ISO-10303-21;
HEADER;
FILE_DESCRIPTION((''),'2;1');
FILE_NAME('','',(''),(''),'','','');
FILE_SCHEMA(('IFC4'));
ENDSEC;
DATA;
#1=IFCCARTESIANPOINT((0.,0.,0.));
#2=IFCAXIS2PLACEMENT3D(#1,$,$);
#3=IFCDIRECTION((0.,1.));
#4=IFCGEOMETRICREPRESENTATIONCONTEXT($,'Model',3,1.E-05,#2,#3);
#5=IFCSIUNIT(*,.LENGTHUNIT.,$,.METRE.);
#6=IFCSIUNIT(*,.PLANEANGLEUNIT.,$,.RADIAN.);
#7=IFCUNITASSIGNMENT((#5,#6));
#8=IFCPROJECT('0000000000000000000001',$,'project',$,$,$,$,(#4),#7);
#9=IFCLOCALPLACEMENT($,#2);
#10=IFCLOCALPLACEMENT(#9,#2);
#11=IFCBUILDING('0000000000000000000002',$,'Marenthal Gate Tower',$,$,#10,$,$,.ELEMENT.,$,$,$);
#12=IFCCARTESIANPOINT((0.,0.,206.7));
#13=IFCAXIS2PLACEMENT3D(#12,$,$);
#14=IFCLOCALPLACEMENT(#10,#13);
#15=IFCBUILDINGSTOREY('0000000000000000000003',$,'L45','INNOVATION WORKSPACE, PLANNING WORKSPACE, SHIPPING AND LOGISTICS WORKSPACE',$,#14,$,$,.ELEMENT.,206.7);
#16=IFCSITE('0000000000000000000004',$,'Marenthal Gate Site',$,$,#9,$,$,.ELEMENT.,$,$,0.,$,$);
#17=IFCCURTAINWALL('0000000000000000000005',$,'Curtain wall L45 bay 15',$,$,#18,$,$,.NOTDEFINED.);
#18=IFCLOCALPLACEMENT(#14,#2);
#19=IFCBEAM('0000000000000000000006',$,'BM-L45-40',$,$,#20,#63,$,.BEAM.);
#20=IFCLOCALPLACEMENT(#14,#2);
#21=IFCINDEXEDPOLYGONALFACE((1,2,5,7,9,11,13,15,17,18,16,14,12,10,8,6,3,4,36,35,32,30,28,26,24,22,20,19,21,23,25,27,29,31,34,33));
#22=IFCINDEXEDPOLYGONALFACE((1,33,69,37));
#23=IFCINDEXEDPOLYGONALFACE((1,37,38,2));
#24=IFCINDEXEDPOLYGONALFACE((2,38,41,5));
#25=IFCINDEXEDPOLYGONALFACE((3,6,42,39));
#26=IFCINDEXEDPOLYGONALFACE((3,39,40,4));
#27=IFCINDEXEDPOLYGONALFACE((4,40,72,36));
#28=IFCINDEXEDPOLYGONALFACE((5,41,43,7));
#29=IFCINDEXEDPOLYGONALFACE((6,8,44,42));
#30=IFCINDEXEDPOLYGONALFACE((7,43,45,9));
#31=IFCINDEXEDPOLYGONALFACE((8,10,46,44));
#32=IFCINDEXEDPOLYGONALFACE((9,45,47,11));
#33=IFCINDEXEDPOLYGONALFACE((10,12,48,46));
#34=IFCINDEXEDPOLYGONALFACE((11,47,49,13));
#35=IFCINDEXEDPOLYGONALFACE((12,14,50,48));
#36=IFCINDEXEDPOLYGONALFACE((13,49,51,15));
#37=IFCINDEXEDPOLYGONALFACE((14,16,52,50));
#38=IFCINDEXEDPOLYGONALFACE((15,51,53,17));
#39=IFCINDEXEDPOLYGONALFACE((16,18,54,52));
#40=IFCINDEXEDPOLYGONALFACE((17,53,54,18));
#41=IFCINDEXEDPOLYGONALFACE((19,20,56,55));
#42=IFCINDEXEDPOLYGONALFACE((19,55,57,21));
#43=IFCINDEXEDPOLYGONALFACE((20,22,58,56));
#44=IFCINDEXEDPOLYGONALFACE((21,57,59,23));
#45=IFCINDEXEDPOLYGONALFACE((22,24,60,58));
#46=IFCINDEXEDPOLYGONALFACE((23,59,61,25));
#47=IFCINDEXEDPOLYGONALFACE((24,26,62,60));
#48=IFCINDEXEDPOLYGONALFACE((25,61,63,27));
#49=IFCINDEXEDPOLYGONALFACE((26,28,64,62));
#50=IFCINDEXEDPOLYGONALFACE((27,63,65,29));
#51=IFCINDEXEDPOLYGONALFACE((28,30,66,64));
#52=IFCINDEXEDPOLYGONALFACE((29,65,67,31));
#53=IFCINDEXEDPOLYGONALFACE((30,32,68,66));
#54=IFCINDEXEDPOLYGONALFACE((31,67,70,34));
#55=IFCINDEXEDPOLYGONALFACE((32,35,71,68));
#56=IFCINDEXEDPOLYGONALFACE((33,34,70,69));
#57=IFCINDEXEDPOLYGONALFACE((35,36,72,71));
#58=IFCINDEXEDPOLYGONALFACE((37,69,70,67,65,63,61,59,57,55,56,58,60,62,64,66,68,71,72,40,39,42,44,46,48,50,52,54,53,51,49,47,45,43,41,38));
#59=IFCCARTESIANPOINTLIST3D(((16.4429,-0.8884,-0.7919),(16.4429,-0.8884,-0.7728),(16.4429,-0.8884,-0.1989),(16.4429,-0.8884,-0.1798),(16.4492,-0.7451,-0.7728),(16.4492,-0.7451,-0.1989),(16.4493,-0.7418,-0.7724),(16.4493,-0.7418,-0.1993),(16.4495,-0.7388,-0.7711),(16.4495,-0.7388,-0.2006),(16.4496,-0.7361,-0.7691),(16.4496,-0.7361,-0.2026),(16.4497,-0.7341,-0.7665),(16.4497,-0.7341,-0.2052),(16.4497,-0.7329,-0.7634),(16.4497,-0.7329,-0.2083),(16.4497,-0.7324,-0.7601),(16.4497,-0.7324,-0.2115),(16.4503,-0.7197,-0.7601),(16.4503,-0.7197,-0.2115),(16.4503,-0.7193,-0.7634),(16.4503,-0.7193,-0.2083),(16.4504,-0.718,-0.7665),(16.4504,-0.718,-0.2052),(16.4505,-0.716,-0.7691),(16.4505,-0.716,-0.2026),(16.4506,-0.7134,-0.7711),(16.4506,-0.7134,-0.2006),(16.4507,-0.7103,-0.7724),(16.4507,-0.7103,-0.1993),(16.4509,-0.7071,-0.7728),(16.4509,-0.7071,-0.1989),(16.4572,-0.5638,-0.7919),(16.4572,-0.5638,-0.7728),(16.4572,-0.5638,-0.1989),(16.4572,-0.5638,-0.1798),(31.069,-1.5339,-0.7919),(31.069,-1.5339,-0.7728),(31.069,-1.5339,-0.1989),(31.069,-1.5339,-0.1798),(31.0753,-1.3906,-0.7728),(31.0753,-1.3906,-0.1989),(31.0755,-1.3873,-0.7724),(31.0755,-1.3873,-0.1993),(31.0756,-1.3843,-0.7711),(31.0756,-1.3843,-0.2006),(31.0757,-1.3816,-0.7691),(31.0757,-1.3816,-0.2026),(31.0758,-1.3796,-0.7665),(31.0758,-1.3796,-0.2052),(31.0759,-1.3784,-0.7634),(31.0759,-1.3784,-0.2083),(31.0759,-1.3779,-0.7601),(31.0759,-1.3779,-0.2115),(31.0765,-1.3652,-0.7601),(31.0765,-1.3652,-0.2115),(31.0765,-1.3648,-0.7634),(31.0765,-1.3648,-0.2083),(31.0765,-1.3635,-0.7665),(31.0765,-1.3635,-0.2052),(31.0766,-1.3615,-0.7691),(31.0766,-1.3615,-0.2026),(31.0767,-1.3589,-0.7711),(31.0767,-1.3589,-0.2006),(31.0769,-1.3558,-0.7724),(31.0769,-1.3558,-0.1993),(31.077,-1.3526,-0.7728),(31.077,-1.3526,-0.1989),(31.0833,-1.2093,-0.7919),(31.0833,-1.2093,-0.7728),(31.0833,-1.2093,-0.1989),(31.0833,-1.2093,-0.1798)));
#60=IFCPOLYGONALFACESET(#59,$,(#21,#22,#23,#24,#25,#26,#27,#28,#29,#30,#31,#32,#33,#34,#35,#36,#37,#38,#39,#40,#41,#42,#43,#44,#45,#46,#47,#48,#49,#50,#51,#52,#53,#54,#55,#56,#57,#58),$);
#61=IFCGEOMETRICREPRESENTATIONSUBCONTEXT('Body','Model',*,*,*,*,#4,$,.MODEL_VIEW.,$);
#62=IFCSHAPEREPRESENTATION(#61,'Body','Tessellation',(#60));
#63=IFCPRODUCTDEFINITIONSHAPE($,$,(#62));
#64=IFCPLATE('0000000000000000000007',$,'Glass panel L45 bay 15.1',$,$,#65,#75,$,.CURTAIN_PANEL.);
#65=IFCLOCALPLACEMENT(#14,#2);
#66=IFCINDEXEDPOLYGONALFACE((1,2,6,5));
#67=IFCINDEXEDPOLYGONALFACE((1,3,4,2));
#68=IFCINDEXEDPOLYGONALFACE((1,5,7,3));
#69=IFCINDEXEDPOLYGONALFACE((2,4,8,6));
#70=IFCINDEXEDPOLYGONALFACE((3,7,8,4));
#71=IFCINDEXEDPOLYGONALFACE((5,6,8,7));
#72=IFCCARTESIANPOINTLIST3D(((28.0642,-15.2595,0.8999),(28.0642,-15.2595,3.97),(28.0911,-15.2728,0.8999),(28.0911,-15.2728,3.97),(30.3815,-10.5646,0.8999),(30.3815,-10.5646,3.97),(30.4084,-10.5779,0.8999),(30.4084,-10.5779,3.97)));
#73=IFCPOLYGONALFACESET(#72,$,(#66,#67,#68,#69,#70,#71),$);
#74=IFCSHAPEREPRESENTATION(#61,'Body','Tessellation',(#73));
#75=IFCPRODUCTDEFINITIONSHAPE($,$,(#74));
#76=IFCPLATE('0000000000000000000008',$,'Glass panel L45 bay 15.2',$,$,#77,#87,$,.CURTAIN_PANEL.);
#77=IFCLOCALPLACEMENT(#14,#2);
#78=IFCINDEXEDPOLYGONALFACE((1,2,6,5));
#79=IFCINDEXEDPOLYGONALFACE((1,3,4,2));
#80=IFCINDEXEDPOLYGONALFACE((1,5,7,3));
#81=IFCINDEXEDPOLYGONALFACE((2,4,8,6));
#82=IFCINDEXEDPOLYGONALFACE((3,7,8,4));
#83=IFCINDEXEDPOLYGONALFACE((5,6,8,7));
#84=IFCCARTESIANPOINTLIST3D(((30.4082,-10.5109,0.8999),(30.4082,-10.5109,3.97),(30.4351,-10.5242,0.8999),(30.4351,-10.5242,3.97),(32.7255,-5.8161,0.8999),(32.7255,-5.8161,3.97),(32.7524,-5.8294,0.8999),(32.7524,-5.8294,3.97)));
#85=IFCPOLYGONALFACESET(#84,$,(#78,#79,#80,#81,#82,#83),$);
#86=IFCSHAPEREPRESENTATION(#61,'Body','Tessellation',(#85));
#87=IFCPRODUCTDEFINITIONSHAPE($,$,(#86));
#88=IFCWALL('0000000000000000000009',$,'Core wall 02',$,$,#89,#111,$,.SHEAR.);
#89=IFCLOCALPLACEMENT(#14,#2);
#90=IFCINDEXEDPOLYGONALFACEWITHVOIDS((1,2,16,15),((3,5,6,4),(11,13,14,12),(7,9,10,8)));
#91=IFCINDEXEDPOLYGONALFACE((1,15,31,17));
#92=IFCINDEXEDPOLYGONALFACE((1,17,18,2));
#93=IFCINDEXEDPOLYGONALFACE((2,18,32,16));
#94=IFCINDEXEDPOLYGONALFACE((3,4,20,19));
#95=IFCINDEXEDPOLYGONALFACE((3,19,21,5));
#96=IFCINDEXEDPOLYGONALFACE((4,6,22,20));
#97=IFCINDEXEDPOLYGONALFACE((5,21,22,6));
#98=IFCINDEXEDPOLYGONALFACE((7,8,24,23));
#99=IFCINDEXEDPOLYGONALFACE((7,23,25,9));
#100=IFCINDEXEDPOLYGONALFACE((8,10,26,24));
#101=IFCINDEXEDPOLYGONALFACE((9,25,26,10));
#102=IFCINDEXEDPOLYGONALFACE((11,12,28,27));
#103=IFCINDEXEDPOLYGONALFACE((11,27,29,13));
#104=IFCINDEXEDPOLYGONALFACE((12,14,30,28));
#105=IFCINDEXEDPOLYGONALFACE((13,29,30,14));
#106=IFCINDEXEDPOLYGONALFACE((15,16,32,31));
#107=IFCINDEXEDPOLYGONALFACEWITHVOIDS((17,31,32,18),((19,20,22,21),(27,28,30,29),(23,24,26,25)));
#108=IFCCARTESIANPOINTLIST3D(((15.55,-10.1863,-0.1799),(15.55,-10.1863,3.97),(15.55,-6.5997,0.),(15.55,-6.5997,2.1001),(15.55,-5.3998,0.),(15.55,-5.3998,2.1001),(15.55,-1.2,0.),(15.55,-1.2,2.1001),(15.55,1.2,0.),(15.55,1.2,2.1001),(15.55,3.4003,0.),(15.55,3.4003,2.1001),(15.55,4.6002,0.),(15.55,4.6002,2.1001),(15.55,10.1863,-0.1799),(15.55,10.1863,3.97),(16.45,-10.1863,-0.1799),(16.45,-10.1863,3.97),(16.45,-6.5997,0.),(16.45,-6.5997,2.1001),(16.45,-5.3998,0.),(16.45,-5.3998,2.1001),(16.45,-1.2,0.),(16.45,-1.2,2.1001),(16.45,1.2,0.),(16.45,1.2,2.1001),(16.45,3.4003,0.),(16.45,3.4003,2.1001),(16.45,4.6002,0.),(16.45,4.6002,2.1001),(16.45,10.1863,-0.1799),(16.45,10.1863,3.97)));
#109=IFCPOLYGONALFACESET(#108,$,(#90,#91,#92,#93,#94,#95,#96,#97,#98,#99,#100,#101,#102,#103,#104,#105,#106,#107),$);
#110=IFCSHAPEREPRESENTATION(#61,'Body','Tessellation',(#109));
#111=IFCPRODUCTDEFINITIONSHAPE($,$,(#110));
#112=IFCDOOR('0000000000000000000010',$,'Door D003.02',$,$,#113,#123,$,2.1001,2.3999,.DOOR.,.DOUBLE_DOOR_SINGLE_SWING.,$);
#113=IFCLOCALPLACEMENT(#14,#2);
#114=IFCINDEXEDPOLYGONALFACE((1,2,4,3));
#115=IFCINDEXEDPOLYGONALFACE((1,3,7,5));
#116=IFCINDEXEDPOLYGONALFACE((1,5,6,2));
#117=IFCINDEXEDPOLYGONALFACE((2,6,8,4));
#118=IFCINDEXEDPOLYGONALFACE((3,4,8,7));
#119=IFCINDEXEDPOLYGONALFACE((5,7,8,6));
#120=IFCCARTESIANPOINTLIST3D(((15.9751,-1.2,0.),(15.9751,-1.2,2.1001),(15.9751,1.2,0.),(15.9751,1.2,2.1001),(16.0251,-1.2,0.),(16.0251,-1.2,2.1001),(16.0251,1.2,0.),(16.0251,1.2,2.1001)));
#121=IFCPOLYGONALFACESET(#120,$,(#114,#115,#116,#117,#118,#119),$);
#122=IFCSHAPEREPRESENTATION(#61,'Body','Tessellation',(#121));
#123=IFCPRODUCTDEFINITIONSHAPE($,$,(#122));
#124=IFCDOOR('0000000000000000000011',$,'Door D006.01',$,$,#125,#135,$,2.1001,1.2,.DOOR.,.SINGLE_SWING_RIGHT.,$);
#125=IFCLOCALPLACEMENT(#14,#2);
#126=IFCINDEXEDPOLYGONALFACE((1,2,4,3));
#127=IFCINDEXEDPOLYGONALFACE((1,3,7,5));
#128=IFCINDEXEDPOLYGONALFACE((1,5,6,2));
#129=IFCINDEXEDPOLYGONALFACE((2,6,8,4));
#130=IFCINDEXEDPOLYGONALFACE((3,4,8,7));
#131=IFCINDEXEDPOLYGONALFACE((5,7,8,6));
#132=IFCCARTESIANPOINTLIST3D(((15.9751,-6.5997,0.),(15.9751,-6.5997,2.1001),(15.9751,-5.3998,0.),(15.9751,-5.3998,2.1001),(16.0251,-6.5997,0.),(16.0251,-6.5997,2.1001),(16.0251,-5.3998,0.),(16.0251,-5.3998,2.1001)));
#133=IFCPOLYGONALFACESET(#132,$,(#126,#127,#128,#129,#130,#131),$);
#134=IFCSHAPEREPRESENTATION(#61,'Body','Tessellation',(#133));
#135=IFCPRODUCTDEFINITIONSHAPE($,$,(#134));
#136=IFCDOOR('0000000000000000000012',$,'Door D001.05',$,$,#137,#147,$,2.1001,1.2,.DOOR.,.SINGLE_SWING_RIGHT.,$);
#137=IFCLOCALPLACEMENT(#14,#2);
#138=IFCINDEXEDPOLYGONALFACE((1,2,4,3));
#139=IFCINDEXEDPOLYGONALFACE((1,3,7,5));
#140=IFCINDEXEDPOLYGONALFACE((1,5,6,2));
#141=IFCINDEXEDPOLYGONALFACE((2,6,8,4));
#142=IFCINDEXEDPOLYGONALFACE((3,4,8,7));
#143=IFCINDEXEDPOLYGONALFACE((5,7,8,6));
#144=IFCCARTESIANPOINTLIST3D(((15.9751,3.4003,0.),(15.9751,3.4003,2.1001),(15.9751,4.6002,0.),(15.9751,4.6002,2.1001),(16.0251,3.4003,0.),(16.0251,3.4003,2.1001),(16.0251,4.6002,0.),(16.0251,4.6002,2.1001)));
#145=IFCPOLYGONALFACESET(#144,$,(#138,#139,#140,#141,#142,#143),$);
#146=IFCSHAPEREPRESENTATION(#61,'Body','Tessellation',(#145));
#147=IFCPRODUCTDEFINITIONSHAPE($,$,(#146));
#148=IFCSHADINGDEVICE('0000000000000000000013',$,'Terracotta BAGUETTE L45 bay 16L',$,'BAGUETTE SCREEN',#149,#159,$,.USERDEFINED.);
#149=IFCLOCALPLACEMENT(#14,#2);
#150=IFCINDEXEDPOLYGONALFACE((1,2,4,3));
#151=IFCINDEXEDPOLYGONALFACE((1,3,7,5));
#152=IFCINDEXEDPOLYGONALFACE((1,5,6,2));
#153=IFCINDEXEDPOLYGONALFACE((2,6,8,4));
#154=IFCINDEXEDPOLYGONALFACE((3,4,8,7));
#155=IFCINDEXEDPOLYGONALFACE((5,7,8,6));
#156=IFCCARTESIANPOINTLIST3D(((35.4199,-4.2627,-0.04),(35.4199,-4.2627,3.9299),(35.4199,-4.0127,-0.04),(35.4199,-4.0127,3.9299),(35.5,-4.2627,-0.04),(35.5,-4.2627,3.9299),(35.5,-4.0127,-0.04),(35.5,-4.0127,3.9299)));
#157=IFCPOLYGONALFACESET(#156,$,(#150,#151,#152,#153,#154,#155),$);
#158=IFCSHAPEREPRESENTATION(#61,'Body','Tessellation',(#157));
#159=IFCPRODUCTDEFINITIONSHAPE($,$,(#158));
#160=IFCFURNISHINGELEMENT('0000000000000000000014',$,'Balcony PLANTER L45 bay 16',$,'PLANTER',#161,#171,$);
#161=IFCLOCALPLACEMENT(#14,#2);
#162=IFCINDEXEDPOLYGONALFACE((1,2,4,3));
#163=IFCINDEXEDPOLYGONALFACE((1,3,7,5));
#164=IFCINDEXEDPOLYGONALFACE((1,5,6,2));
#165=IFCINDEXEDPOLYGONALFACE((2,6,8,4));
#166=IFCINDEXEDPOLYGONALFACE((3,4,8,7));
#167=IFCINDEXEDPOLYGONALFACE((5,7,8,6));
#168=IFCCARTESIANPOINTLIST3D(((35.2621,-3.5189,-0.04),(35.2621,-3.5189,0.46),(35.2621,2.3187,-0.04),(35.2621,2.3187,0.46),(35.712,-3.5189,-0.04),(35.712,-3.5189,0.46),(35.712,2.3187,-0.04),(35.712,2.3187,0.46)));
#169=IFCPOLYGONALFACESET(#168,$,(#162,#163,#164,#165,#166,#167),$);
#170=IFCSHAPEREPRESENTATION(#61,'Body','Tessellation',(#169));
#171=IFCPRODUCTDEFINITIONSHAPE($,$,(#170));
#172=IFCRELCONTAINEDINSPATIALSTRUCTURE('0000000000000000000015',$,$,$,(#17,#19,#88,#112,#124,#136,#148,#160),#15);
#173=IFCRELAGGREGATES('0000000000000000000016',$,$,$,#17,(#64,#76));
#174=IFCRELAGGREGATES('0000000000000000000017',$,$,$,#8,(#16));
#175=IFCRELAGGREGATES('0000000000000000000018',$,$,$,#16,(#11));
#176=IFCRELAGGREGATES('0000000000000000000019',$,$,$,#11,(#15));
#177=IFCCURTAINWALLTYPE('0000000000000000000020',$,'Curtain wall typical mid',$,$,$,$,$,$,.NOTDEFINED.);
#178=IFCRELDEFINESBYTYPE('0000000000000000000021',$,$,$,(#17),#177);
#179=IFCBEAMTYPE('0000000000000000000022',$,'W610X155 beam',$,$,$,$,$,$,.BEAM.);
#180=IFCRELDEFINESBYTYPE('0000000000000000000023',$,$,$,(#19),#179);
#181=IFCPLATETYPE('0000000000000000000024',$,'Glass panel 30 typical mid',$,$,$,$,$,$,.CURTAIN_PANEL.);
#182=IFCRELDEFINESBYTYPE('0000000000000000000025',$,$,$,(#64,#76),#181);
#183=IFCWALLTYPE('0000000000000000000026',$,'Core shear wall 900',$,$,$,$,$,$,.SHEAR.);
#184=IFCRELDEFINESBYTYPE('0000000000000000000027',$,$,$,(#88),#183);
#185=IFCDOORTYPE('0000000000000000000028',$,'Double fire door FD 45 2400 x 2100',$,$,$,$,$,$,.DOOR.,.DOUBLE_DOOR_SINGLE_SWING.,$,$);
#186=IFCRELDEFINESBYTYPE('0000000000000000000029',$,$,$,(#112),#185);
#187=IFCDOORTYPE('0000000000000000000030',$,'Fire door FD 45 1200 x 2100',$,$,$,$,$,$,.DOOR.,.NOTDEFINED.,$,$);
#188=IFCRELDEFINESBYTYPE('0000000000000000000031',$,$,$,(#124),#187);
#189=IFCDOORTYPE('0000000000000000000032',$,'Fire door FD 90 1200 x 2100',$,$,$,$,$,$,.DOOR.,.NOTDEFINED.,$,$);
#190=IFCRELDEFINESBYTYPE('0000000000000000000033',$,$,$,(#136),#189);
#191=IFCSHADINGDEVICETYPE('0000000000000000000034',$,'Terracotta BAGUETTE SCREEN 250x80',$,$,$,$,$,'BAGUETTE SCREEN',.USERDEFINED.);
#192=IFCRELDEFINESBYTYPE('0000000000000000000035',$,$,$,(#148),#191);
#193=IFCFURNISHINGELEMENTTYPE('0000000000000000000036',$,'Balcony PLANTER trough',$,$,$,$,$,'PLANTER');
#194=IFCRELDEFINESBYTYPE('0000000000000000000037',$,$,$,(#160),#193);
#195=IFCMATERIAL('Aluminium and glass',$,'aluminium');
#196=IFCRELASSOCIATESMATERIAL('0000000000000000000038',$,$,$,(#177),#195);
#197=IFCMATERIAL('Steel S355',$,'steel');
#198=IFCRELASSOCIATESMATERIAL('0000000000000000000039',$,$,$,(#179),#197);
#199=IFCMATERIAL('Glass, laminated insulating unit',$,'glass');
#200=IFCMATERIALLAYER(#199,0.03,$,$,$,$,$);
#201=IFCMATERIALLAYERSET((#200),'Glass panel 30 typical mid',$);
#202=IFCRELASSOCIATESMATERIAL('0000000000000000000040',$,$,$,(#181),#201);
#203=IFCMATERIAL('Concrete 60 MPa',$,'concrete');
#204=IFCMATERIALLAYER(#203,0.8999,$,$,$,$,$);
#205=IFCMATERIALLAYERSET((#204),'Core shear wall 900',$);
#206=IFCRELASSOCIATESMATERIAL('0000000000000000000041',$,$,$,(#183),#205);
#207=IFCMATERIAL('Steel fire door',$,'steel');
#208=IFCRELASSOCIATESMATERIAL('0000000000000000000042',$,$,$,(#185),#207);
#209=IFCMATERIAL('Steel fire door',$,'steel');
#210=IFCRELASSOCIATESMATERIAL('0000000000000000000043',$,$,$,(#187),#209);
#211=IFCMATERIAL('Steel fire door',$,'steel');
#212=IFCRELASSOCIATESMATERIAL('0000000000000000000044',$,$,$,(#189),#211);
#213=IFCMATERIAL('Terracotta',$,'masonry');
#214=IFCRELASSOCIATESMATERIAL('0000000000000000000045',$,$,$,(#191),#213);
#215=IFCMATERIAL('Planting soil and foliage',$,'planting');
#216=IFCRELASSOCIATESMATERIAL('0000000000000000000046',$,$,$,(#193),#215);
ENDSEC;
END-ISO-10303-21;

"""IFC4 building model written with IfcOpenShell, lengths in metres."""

from ifc_helpers import new_model, si_unit, direction, frame, frame_2d, origin, origin_2d, place, context, subcontext, project, spatial, rectangle, i_section, extrude, material, layer, layer_set, material_profile, profile_set, type_object, element, fill, aggregate, save


model = new_model("IFC4")

# Units and contexts
model_context = context("Model", 3, precision=1e-05, world=origin(), true_north=direction((0.0, 1.0)))
body_context = subcontext(model_context, "Body", "Model", "MODEL_VIEW")
ifc_project = project(units=[si_unit("LENGTHUNIT", "METRE"), si_unit("PLANEANGLEUNIT", "RADIAN")], contexts=[model_context])

# Site, building, storey
site_placement = place(None, origin())
site = spatial("IfcSite", under=ifc_project, at=site_placement, Name="Marenthal Gate Site", CompositionType="ELEMENT", RefElevation=0.0)
building_placement = place(site_placement, origin())
building = spatial("IfcBuilding", under=site, at=building_placement, Name="Marenthal Gate Tower", CompositionType="ELEMENT")
storey_placement = place(building_placement, frame((0.0, 0.0, 206.7)))
storey = spatial("IfcBuildingStorey", under=building, at=storey_placement, Name="L45", Description="INNOVATION WORKSPACE, PLANNING WORKSPACE, SHIPPING AND LOGISTICS WORKSPACE", CompositionType="ELEMENT", Elevation=206.7)

# Curtain wall
ifc_material_1 = material(Name="Aluminium and glass", Category="aluminium")
curtain_wall_type = type_object("IfcCurtainWallType", Name="Curtain wall typical mid", PredefinedType="NOTDEFINED", material=ifc_material_1)
curtain_wall_placement = place(storey_placement, origin())
curtain_wall = element("IfcCurtainWall", 1, at=curtain_wall_placement, inside=storey, type_object=curtain_wall_type, Name="Curtain wall L45 bay 15", PredefinedType="NOTDEFINED")

# Beam
ifc_material_2 = material(Name="Steel S355", Category="steel")
ifc_material_profile_1 = material_profile(ifc_material_2, i_section(OverallWidth=0.325, OverallDepth=0.6121, WebThickness=0.0127, FlangeThickness=0.019, FilletRadius=0.0127, at=origin_2d()), Name="W610X155")
ifc_profile_set_1 = profile_set([ifc_material_profile_1], Name="Steel S355")
beam_type_1 = type_object("IfcBeamType", Name="W610X155 beam", PredefinedType="BEAM", material=ifc_profile_set_1)
beam_1_placement = place(storey_placement, frame((31.0762, -1.3716, -0.4858), z_axis=(-0.999028, 0.044091, 0.0), x_axis=(-0.044091, -0.999028, 0.0)))
element("IfcBeam", 2, at=beam_1_placement, inside=storey, type_object=beam_type_1, Name="BM-L45-40", PredefinedType="BEAM", context=body_context, shape_type="SweptSolid", body=[
    extrude(i_section(OverallWidth=0.325, OverallDepth=0.6121, WebThickness=0.0127, FlangeThickness=0.019, FilletRadius=0.0127, at=origin_2d()), origin(), (0.0, 0.0, 1.0), 14.6404),
])

# Plates
ifc_material_3 = material(Name="Glass, laminated insulating unit", Category="glass")
ifc_layer_1 = layer(ifc_material_3, 0.03)
ifc_layer_set_1 = layer_set([ifc_layer_1], Name="Glass panel 30 typical mid")
plate_type = type_object("IfcPlateType", Name="Glass panel 30 typical mid", PredefinedType="CURTAIN_PANEL", material=ifc_layer_set_1)
plate_1_placement = place(storey_placement, frame((29.2363, -12.9187, 0.8999), z_axis=(0.0, 0.0, 1.0), x_axis=(0.442607, 0.896716, 0.0)))
plate_1 = element("IfcPlate", 3, at=plate_1_placement, type_object=plate_type, Name="Glass panel L45 bay 15.1", PredefinedType="CURTAIN_PANEL", context=body_context, shape_type="SweptSolid", body=[
    extrude(rectangle(XDim=5.2356, YDim=0.03, at=origin_2d()), origin(), (0.0, 0.0, 1.0), 3.0701),
])
plate_2_placement = place(storey_placement, frame((31.5803, -8.1702, 0.8999), z_axis=(0.0, 0.0, 1.0), x_axis=(0.442607, 0.896716, 0.0)))
plate_2 = element("IfcPlate", 4, at=plate_2_placement, type_object=plate_type, Name="Glass panel L45 bay 15.2", PredefinedType="CURTAIN_PANEL", context=body_context, shape_type="SweptSolid", body=[
    extrude(rectangle(XDim=5.2356, YDim=0.03, at=origin_2d()), origin(), (0.0, 0.0, 1.0), 3.0701),
])
aggregate(curtain_wall, [plate_1, plate_2])

# Wall, openings, doors
ifc_material_4 = material(Name="Concrete 60 MPa", Category="concrete")
ifc_layer_2 = layer(ifc_material_4, 0.8999)
ifc_layer_set_2 = layer_set([ifc_layer_2], Name="Core shear wall 900")
wall_type_1 = type_object("IfcWallType", Name="Core shear wall 900", PredefinedType="SHEAR", material=ifc_layer_set_2)
wall_1_placement = place(storey_placement, frame((16.0, -10.1863, -0.1799), z_axis=(0.0, 0.0, 1.0), x_axis=(0.0, 1.0, 0.0)))
wall_1 = element("IfcWall", 5, at=wall_1_placement, inside=storey, type_object=wall_type_1, Name="Core wall 02", PredefinedType="SHEAR", context=body_context, shape_type="SweptSolid", body=[
    extrude(rectangle(XDim=20.3726, YDim=0.8999, at=frame_2d((10.1863, 0.0))), origin(), (0.0, 0.0, 1.0), 4.1499),
])
opening_1_placement = place(wall_1_placement, frame((8.9863, 0.0, 0.1799)))
opening_1 = element("IfcOpeningElement", 6, at=opening_1_placement, cuts=wall_1, PredefinedType="OPENING", context=body_context, shape_type="SweptSolid", body=[
    extrude(rectangle(XDim=2.3999, YDim=2.1001, at=frame_2d((1.2, 1.05))), frame((0.0, 0.46, 0.0), z_axis=(0.0, -1.0, 0.0), x_axis=(1.0, 0.0, 0.0)), (0.0, 0.0, 1.0), 0.9199),
])
opening_2_placement = place(wall_1_placement, frame((13.5864, 0.0, 0.1799)))
opening_2 = element("IfcOpeningElement", 7, at=opening_2_placement, cuts=wall_1, PredefinedType="OPENING", context=body_context, shape_type="SweptSolid", body=[
    extrude(rectangle(XDim=1.2, YDim=2.1001, at=frame_2d((0.6001, 1.05))), frame((0.0, 0.46, 0.0), z_axis=(0.0, -1.0, 0.0), x_axis=(1.0, 0.0, 0.0)), (0.0, 0.0, 1.0), 0.9199),
])
opening_3_placement = place(wall_1_placement, frame((3.5864, 0.0, 0.1799)))
opening_3 = element("IfcOpeningElement", 8, at=opening_3_placement, cuts=wall_1, PredefinedType="OPENING", context=body_context, shape_type="SweptSolid", body=[
    extrude(rectangle(XDim=1.2, YDim=2.1001, at=frame_2d((0.6001, 1.05))), frame((0.0, 0.46, 0.0), z_axis=(0.0, -1.0, 0.0), x_axis=(1.0, 0.0, 0.0)), (0.0, 0.0, 1.0), 0.9199),
])
ifc_material_5 = material(Name="Steel fire door", Category="steel")
door_type_1 = type_object("IfcDoorType", Name="Double fire door FD 45 2400 x 2100", OperationType="DOUBLE_DOOR_SINGLE_SWING", PredefinedType="DOOR", material=ifc_material_5)
door_1_placement = place(opening_1_placement, origin())
door_1 = element("IfcDoor", 9, at=door_1_placement, inside=storey, type_object=door_type_1, Name="Door D003.02", OperationType="DOUBLE_DOOR_SINGLE_SWING", OverallHeight=2.1001, OverallWidth=2.3999, PredefinedType="DOOR", context=body_context, shape_type="SweptSolid", body=[
    extrude(rectangle(XDim=2.3999, YDim=2.1001, at=frame_2d((1.2, 1.05))), frame((0.0, 0.0249, 0.0), z_axis=(0.0, -1.0, 0.0), x_axis=(1.0, 0.0, 0.0)), (0.0, 0.0, 1.0), 0.05),
])
fill(opening_1, door_1)
ifc_material_6 = material(Name="Steel fire door", Category="steel")
door_type_2 = type_object("IfcDoorType", Name="Fire door FD 45 1200 x 2100", OperationType="NOTDEFINED", PredefinedType="DOOR", material=ifc_material_6)
door_2_placement = place(opening_3_placement, origin())
door_2 = element("IfcDoor", 10, at=door_2_placement, inside=storey, type_object=door_type_2, Name="Door D006.01", OperationType="SINGLE_SWING_RIGHT", OverallHeight=2.1001, OverallWidth=1.2, PredefinedType="DOOR", context=body_context, shape_type="SweptSolid", body=[
    extrude(rectangle(XDim=1.2, YDim=2.1001, at=frame_2d((0.6001, 1.05))), frame((0.0, 0.0249, 0.0), z_axis=(0.0, -1.0, 0.0), x_axis=(1.0, 0.0, 0.0)), (0.0, 0.0, 1.0), 0.05),
])
fill(opening_3, door_2)
ifc_material_7 = material(Name="Steel fire door", Category="steel")
door_type_3 = type_object("IfcDoorType", Name="Fire door FD 90 1200 x 2100", OperationType="NOTDEFINED", PredefinedType="DOOR", material=ifc_material_7)
door_3_placement = place(opening_2_placement, origin())
door_3 = element("IfcDoor", 11, at=door_3_placement, inside=storey, type_object=door_type_3, Name="Door D001.05", OperationType="SINGLE_SWING_RIGHT", OverallHeight=2.1001, OverallWidth=1.2, PredefinedType="DOOR", context=body_context, shape_type="SweptSolid", body=[
    extrude(rectangle(XDim=1.2, YDim=2.1001, at=frame_2d((0.6001, 1.05))), frame((0.0, 0.0249, 0.0), z_axis=(0.0, -1.0, 0.0), x_axis=(1.0, 0.0, 0.0)), (0.0, 0.0, 1.0), 0.05),
])
fill(opening_2, door_3)

# Shading device
ifc_material_8 = material(Name="Terracotta", Category="masonry")
ifc_material_profile_2 = material_profile(ifc_material_8, rectangle(XDim=0.25, YDim=0.0801, at=origin_2d()), Name="Terracotta baguette 250x80")
ifc_profile_set_2 = profile_set([ifc_material_profile_2], Name="Terracotta")
shading_device_type = type_object("IfcShadingDeviceType", Name="Terracotta BAGUETTE SCREEN 250x80", ElementType="BAGUETTE SCREEN", PredefinedType="USERDEFINED", material=ifc_profile_set_2)
shading_device_placement = place(storey_placement, frame((35.46, -4.1377, -0.04), z_axis=(0.0, 0.0, 1.0), x_axis=(0.0, 1.0, 0.0)))
element("IfcShadingDevice", 12, at=shading_device_placement, inside=storey, type_object=shading_device_type, Name="Terracotta BAGUETTE L45 bay 16L", ObjectType="BAGUETTE SCREEN", PredefinedType="USERDEFINED", context=body_context, shape_type="SweptSolid", body=[
    extrude(rectangle(XDim=0.25, YDim=0.0801, at=origin_2d()), origin(), (0.0, 0.0, 1.0), 3.97),
])

# Furnishing element
ifc_material_9 = material(Name="Planting soil and foliage", Category="planting")
furnishing_element_type = type_object("IfcFurnishingElementType", Name="Balcony PLANTER trough", ElementType="PLANTER", material=ifc_material_9)
furnishing_placement = place(storey_placement, frame((35.4871, -0.6001, -0.04), z_axis=(0.0, 0.0, 1.0), x_axis=(0.0, 1.0, 0.0)))
element("IfcFurnishingElement", 13, at=furnishing_placement, inside=storey, type_object=furnishing_element_type, Name="Balcony PLANTER L45 bay 16", ObjectType="PLANTER", context=body_context, shape_type="SweptSolid", body=[
    extrude(rectangle(XDim=5.8376, YDim=0.45, at=origin_2d()), origin(), (0.0, 0.0, 1.0), 0.5),
])

save(model, "model.ifc")
